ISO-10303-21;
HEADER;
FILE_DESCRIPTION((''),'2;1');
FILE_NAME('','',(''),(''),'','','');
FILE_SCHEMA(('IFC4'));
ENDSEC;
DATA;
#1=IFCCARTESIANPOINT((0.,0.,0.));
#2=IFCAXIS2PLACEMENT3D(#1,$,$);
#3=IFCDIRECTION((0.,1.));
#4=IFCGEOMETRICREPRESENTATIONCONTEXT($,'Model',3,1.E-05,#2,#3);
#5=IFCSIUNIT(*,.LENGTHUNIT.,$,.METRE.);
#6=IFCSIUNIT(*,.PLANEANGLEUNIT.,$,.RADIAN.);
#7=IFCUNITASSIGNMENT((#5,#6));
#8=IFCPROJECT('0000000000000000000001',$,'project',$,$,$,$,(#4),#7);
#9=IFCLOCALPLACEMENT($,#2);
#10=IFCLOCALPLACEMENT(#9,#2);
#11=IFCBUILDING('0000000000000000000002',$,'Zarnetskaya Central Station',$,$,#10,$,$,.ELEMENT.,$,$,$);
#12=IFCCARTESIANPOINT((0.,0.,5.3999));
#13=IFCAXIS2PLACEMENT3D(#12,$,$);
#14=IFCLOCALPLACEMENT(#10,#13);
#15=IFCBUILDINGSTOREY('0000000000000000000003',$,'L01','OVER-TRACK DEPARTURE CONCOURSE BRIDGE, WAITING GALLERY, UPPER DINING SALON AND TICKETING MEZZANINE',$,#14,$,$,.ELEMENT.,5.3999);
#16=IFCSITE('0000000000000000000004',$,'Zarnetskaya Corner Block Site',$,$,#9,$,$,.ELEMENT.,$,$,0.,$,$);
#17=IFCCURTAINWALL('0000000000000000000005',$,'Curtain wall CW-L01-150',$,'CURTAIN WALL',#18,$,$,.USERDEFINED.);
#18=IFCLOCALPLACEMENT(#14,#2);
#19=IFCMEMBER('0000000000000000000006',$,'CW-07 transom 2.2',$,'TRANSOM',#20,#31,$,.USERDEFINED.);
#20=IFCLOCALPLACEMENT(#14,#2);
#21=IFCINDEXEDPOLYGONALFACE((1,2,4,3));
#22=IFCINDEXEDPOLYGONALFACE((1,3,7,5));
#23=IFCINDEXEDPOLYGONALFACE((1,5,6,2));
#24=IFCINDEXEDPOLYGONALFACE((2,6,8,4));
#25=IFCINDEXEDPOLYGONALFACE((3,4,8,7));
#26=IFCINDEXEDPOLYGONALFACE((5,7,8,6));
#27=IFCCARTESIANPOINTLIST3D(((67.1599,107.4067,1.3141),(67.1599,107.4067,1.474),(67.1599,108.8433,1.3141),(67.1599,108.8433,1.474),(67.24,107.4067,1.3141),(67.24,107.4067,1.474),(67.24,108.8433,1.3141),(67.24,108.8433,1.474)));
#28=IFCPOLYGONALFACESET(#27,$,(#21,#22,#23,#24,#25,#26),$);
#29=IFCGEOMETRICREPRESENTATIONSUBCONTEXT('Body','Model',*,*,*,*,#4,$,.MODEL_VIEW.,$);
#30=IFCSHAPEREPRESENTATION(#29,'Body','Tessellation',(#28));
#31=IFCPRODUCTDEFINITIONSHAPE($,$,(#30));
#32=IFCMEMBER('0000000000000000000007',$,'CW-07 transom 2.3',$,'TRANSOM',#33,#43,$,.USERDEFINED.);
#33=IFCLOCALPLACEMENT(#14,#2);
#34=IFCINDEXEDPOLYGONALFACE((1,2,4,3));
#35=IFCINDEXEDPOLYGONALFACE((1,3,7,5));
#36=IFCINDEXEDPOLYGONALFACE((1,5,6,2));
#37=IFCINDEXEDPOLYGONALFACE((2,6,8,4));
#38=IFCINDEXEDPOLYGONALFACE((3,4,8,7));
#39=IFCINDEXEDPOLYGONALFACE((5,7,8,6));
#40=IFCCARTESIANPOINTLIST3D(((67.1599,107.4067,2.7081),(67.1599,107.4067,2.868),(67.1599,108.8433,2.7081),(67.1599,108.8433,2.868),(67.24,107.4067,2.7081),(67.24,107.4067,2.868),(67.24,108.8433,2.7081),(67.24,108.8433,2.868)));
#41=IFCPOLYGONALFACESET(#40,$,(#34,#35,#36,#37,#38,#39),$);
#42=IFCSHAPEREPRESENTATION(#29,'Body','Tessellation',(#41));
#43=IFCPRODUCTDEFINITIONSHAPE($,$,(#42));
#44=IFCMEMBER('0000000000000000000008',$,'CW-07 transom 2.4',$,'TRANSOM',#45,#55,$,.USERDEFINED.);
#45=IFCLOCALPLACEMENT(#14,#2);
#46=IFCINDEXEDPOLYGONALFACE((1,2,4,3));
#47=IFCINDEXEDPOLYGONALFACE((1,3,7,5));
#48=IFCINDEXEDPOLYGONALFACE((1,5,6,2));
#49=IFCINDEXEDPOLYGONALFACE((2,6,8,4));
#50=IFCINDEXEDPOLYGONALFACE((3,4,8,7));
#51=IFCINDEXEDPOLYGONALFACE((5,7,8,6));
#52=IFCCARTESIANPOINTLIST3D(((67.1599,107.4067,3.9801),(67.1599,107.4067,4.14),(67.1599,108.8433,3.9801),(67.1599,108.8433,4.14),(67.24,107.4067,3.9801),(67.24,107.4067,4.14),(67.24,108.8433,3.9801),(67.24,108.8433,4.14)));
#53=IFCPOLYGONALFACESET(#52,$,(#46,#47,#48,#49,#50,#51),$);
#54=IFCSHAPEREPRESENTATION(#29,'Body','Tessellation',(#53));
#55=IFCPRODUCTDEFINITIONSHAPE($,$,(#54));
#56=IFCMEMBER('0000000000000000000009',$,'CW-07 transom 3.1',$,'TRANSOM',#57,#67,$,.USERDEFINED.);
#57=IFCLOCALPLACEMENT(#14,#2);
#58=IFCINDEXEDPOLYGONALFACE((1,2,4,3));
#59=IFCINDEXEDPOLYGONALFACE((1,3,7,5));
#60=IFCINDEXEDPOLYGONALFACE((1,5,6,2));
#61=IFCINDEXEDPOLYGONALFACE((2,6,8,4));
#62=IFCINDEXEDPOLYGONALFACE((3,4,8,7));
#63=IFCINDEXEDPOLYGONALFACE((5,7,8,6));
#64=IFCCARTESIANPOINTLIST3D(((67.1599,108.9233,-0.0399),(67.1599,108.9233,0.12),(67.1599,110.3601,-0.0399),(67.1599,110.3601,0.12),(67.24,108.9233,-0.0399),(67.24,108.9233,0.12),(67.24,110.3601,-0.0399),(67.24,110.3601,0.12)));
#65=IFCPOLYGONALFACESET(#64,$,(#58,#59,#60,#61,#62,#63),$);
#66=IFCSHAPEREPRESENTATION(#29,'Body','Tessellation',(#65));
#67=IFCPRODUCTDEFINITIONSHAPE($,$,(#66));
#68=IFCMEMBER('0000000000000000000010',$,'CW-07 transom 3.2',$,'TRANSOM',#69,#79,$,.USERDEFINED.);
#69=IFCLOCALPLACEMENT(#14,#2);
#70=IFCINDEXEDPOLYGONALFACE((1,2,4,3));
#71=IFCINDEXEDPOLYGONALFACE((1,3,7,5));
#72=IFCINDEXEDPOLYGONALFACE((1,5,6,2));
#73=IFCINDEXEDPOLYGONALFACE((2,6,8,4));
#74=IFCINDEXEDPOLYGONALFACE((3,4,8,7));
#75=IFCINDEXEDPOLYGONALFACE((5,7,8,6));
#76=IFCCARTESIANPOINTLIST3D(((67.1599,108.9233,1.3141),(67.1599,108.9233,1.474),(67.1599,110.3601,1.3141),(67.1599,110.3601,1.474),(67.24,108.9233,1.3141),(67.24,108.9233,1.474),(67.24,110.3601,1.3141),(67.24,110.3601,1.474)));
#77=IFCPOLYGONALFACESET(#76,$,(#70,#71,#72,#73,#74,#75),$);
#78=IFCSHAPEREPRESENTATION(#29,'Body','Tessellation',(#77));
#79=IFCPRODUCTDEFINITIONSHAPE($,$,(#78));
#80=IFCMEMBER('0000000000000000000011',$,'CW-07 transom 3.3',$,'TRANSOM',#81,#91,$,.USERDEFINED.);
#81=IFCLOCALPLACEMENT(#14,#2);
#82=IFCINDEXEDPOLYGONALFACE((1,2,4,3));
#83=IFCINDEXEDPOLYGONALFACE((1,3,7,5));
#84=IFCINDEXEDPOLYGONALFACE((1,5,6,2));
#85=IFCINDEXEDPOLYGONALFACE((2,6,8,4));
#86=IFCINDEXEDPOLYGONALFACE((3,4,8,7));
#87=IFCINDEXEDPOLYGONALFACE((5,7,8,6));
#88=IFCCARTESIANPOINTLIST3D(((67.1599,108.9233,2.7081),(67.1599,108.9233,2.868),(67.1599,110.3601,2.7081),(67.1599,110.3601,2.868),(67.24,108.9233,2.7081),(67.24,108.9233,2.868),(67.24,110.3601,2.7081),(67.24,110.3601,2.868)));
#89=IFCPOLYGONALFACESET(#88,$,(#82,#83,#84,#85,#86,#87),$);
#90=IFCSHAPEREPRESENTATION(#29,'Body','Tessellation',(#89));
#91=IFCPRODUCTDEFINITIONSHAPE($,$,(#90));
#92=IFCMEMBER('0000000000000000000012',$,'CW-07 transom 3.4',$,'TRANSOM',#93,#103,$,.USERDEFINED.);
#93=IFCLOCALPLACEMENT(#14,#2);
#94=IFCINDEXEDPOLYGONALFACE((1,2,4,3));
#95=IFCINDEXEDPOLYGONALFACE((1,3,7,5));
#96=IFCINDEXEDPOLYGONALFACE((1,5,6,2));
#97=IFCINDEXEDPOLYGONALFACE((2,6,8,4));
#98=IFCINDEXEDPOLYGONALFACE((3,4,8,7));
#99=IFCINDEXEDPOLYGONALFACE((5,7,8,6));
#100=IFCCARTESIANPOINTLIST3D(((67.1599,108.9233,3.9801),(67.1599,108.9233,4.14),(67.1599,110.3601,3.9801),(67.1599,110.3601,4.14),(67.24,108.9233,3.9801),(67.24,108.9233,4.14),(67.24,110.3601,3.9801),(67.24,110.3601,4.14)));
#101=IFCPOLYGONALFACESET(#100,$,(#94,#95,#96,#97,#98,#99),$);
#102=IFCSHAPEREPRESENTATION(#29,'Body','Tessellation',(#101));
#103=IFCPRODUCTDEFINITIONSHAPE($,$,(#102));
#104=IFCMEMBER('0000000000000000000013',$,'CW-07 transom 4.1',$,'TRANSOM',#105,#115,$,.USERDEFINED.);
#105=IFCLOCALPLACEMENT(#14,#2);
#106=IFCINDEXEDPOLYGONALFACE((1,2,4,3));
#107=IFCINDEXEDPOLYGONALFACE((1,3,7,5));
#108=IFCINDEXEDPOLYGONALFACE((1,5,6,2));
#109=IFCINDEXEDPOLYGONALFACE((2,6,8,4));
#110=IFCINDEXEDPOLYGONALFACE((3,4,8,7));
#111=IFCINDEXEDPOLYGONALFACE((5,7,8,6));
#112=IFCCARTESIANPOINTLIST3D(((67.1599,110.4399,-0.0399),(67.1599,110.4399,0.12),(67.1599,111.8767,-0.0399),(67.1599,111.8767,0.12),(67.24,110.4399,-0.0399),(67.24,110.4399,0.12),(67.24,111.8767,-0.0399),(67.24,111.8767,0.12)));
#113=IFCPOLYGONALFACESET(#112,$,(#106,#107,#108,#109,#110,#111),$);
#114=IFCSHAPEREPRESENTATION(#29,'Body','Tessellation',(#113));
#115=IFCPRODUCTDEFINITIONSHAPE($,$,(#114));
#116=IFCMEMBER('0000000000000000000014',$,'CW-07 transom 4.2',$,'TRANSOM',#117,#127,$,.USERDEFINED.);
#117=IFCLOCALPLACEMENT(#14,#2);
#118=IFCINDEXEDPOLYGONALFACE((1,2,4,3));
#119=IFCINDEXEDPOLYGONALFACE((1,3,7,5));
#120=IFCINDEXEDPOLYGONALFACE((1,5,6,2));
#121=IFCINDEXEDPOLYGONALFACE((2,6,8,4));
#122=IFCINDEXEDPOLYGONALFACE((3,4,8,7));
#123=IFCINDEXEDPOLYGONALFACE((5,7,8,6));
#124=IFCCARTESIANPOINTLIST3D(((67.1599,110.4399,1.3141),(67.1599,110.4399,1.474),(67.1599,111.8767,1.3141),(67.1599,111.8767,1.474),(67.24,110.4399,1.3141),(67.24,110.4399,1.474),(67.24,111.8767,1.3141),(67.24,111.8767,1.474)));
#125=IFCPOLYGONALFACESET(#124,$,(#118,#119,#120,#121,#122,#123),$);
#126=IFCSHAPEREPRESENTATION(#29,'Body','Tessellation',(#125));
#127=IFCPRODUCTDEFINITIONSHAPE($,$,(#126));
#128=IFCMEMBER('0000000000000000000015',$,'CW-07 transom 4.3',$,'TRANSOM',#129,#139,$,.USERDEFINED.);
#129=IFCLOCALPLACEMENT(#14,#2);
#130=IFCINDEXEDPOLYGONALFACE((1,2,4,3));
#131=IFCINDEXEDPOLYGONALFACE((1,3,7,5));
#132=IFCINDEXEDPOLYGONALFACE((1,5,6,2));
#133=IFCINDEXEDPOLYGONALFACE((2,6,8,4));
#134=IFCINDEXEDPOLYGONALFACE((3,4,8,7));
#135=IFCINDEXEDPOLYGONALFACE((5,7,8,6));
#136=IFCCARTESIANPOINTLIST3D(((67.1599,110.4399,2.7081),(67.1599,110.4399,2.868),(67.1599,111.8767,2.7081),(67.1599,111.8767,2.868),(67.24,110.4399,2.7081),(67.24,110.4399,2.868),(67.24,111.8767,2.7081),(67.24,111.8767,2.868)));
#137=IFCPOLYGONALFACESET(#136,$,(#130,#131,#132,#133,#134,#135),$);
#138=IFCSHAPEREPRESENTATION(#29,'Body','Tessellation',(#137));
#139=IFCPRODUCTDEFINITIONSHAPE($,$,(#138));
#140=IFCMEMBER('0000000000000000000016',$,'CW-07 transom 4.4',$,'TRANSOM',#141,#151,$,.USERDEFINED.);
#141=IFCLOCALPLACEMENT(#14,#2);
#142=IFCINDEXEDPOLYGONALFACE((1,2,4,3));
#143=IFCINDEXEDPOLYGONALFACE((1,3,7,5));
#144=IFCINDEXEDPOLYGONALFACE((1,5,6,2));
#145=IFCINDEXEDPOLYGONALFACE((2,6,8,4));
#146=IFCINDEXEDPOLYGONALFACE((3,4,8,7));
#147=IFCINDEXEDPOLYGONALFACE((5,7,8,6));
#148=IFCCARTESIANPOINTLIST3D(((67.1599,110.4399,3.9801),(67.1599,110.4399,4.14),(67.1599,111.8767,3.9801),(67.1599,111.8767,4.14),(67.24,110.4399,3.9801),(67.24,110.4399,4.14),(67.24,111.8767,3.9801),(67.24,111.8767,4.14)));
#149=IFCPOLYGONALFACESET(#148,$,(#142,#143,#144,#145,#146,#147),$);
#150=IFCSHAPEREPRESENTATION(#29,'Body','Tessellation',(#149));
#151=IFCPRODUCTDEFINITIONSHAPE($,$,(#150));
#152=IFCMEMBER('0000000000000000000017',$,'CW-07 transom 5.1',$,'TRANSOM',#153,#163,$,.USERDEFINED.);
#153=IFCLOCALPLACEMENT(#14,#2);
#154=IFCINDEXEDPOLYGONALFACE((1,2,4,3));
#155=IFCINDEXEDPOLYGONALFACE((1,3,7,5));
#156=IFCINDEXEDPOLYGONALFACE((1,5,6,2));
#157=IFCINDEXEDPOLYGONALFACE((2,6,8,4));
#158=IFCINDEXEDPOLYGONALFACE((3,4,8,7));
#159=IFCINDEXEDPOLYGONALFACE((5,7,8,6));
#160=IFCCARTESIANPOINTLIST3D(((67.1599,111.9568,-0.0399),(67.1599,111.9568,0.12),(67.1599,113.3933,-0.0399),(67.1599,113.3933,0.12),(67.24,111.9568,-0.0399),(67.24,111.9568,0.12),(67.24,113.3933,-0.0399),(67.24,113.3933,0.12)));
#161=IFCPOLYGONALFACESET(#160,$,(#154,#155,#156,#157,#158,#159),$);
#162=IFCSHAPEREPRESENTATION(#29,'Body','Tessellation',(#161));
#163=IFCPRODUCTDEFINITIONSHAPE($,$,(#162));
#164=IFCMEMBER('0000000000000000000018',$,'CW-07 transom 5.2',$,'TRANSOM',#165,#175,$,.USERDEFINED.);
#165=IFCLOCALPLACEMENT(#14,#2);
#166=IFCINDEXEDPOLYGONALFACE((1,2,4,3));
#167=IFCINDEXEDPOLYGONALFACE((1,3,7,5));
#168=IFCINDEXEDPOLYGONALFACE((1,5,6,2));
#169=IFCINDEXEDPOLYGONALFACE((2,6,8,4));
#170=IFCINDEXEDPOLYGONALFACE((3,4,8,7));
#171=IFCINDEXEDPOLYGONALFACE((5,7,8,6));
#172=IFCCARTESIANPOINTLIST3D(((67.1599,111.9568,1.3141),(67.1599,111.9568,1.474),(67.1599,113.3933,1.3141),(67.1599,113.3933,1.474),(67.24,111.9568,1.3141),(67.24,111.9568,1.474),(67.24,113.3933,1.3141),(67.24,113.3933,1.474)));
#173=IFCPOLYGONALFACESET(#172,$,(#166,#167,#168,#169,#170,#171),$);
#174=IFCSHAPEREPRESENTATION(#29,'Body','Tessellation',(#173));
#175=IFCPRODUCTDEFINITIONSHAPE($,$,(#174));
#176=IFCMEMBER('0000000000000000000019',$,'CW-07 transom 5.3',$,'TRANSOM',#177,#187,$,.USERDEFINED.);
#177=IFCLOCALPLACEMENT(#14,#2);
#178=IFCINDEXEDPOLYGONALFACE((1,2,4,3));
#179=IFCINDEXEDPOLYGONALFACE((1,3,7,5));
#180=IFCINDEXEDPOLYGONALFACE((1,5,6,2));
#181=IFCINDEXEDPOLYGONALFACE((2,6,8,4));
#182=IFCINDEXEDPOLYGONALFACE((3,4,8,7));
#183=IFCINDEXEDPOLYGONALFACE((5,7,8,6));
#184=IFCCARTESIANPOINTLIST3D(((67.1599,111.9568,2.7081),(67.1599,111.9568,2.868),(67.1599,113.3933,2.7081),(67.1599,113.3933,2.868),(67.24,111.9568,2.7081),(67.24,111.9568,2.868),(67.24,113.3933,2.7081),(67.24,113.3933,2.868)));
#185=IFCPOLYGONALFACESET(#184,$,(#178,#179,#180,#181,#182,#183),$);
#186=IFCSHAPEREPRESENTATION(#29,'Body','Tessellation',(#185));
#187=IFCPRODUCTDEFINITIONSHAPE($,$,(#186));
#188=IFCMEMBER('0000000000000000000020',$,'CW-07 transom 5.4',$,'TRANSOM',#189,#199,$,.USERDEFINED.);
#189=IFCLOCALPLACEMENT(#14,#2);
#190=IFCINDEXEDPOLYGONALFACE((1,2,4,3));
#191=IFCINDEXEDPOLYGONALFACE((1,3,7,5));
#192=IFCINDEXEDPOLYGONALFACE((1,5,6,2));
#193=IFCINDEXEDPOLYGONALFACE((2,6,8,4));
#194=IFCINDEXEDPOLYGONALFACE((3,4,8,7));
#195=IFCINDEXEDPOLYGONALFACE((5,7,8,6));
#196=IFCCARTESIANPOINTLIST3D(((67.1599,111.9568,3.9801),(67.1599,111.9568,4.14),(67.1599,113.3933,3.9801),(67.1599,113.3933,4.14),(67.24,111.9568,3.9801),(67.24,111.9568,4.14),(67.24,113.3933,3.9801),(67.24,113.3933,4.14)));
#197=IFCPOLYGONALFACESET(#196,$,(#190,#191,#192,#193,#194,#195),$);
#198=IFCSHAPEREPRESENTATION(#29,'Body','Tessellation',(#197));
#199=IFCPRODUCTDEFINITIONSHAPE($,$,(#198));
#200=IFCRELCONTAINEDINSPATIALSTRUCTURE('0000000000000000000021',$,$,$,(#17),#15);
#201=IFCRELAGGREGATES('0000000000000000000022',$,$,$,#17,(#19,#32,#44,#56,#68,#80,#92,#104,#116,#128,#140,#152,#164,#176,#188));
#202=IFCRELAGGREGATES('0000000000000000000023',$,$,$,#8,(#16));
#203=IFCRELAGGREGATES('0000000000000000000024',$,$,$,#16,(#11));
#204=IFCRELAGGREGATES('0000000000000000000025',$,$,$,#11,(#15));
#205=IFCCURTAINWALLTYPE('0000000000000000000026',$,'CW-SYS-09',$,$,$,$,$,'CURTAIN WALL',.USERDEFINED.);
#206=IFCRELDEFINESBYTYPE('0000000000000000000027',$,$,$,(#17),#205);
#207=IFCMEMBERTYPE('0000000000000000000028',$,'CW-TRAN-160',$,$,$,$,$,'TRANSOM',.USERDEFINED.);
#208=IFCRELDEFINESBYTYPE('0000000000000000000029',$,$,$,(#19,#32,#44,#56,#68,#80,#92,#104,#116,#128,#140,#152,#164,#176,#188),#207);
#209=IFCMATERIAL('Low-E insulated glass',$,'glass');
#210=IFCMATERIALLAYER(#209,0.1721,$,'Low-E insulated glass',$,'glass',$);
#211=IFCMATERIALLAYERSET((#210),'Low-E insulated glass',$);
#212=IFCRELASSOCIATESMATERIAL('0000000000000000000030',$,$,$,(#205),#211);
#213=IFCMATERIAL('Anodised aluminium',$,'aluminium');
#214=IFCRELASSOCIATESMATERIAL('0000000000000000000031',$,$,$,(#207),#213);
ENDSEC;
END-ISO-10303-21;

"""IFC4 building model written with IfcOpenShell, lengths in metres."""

from ifc_helpers import new_model, si_unit, direction, frame, origin, origin_2d, place, context, subcontext, project, spatial, rectangle, extrude, material, layer, layer_set, material_profile, profile_set, type_object, element, aggregate, save


model = new_model("IFC4")

# Units and contexts
model_context = context("Model", 3, precision=1e-05, world=origin(), true_north=direction((0.0, 1.0)))
body_context = subcontext(model_context, "Body", "Model", "MODEL_VIEW")
ifc_project = project(units=[si_unit("LENGTHUNIT", "METRE"), si_unit("PLANEANGLEUNIT", "RADIAN")], contexts=[model_context])

# Site, building, storey
site_placement = place(None, origin())
site = spatial("IfcSite", under=ifc_project, at=site_placement, Name="Zarnetskaya Corner Block Site", CompositionType="ELEMENT", RefElevation=0.0)
building_placement = place(site_placement, origin())
building = spatial("IfcBuilding", under=site, at=building_placement, Name="Zarnetskaya Central Station", CompositionType="ELEMENT")
storey_placement = place(building_placement, frame((0.0, 0.0, 5.3999)))
storey = spatial("IfcBuildingStorey", under=building, at=storey_placement, Name="L01", Description="OVER-TRACK DEPARTURE CONCOURSE BRIDGE, WAITING GALLERY, UPPER DINING SALON AND TICKETING MEZZANINE", CompositionType="ELEMENT", Elevation=5.3999)

# Curtain wall, members
ifc_material_1 = material(Name="Low-E insulated glass", Category="glass")
ifc_layer_1 = layer(ifc_material_1, 0.1721, Name="Low-E insulated glass", Category="glass")
ifc_layer_set_1 = layer_set([ifc_layer_1], Name="Low-E insulated glass")
curtain_wall_type = type_object("IfcCurtainWallType", Name="CW-SYS-09", ElementType="CURTAIN WALL", PredefinedType="USERDEFINED", material=ifc_layer_set_1)
curtain_wall_placement = place(storey_placement, origin())
curtain_wall = element("IfcCurtainWall", 1, at=curtain_wall_placement, inside=storey, type_object=curtain_wall_type, Name="Curtain wall CW-L01-150", ObjectType="CURTAIN WALL", PredefinedType="USERDEFINED")
ifc_material_2 = material(Name="Anodised aluminium", Category="aluminium")
ifc_material_profile_1 = material_profile(ifc_material_2, rectangle(XDim=0.0801, YDim=0.1599, at=origin_2d()), Name="ALU TRAN 80x160")
ifc_profile_set_1 = profile_set([ifc_material_profile_1], Name="Anodised aluminium")
member_type_1 = type_object("IfcMemberType", Name="CW-TRAN-160", ElementType="TRANSOM", PredefinedType="USERDEFINED", material=ifc_profile_set_1)
member_1_placement = place(storey_placement, frame((67.2, 107.4067, 1.394), z_axis=(0.0, 1.0, 0.0), x_axis=(-1.0, 0.0, 0.0)))
member_1 = element("IfcMember", 2, at=member_1_placement, type_object=member_type_1, Name="CW-07 transom 2.2", ObjectType="TRANSOM", PredefinedType="USERDEFINED", context=body_context, shape_type="SweptSolid", body=[
    extrude(rectangle(XDim=0.0801, YDim=0.1599, at=origin_2d()), origin(), (0.0, 0.0, 1.0), 1.4365),
])
member_2_placement = place(storey_placement, frame((67.2, 107.4067, 2.7881), z_axis=(0.0, 1.0, 0.0), x_axis=(-1.0, 0.0, 0.0)))
member_2 = element("IfcMember", 3, at=member_2_placement, type_object=member_type_1, Name="CW-07 transom 2.3", ObjectType="TRANSOM", PredefinedType="USERDEFINED", context=body_context, shape_type="SweptSolid", body=[
    extrude(rectangle(XDim=0.0801, YDim=0.1599, at=origin_2d()), origin(), (0.0, 0.0, 1.0), 1.4365),
])
member_3_placement = place(storey_placement, frame((67.2, 107.4067, 4.0601), z_axis=(0.0, 1.0, 0.0), x_axis=(-1.0, 0.0, 0.0)))
member_3 = element("IfcMember", 4, at=member_3_placement, type_object=member_type_1, Name="CW-07 transom 2.4", ObjectType="TRANSOM", PredefinedType="USERDEFINED", context=body_context, shape_type="SweptSolid", body=[
    extrude(rectangle(XDim=0.0801, YDim=0.1599, at=origin_2d()), origin(), (0.0, 0.0, 1.0), 1.4365),
])
member_4_placement = place(storey_placement, frame((67.2, 108.9233, 0.04), z_axis=(0.0, 1.0, 0.0), x_axis=(-1.0, 0.0, 0.0)))
member_4 = element("IfcMember", 5, at=member_4_placement, type_object=member_type_1, Name="CW-07 transom 3.1", ObjectType="TRANSOM", PredefinedType="USERDEFINED", context=body_context, shape_type="SweptSolid", body=[
    extrude(rectangle(XDim=0.0801, YDim=0.1599, at=origin_2d()), origin(), (0.0, 0.0, 1.0), 1.4368),
])
member_5_placement = place(storey_placement, frame((67.2, 108.9233, 1.394), z_axis=(0.0, 1.0, 0.0), x_axis=(-1.0, 0.0, 0.0)))
member_5 = element("IfcMember", 6, at=member_5_placement, type_object=member_type_1, Name="CW-07 transom 3.2", ObjectType="TRANSOM", PredefinedType="USERDEFINED", context=body_context, shape_type="SweptSolid", body=[
    extrude(rectangle(XDim=0.0801, YDim=0.1599, at=origin_2d()), origin(), (0.0, 0.0, 1.0), 1.4368),
])
member_6_placement = place(storey_placement, frame((67.2, 108.9233, 2.7881), z_axis=(0.0, 1.0, 0.0), x_axis=(-1.0, 0.0, 0.0)))
member_6 = element("IfcMember", 7, at=member_6_placement, type_object=member_type_1, Name="CW-07 transom 3.3", ObjectType="TRANSOM", PredefinedType="USERDEFINED", context=body_context, shape_type="SweptSolid", body=[
    extrude(rectangle(XDim=0.0801, YDim=0.1599, at=origin_2d()), origin(), (0.0, 0.0, 1.0), 1.4368),
])
member_7_placement = place(storey_placement, frame((67.2, 108.9233, 4.0601), z_axis=(0.0, 1.0, 0.0), x_axis=(-1.0, 0.0, 0.0)))
member_7 = element("IfcMember", 8, at=member_7_placement, type_object=member_type_1, Name="CW-07 transom 3.4", ObjectType="TRANSOM", PredefinedType="USERDEFINED", context=body_context, shape_type="SweptSolid", body=[
    extrude(rectangle(XDim=0.0801, YDim=0.1599, at=origin_2d()), origin(), (0.0, 0.0, 1.0), 1.4368),
])
member_8_placement = place(storey_placement, frame((67.2, 110.4399, 0.04), z_axis=(0.0, 1.0, 0.0), x_axis=(-1.0, 0.0, 0.0)))
member_8 = element("IfcMember", 9, at=member_8_placement, type_object=member_type_1, Name="CW-07 transom 4.1", ObjectType="TRANSOM", PredefinedType="USERDEFINED", context=body_context, shape_type="SweptSolid", body=[
    extrude(rectangle(XDim=0.0801, YDim=0.1599, at=origin_2d()), origin(), (0.0, 0.0, 1.0), 1.4368),
])
member_9_placement = place(storey_placement, frame((67.2, 110.4399, 1.394), z_axis=(0.0, 1.0, 0.0), x_axis=(-1.0, 0.0, 0.0)))
member_9 = element("IfcMember", 10, at=member_9_placement, type_object=member_type_1, Name="CW-07 transom 4.2", ObjectType="TRANSOM", PredefinedType="USERDEFINED", context=body_context, shape_type="SweptSolid", body=[
    extrude(rectangle(XDim=0.0801, YDim=0.1599, at=origin_2d()), origin(), (0.0, 0.0, 1.0), 1.4368),
])
member_10_placement = place(storey_placement, frame((67.2, 110.4399, 2.7881), z_axis=(0.0, 1.0, 0.0), x_axis=(-1.0, 0.0, 0.0)))
member_10 = element("IfcMember", 11, at=member_10_placement, type_object=member_type_1, Name="CW-07 transom 4.3", ObjectType="TRANSOM", PredefinedType="USERDEFINED", context=body_context, shape_type="SweptSolid", body=[
    extrude(rectangle(XDim=0.0801, YDim=0.1599, at=origin_2d()), origin(), (0.0, 0.0, 1.0), 1.4368),
])
member_11_placement = place(storey_placement, frame((67.2, 110.4399, 4.0601), z_axis=(0.0, 1.0, 0.0), x_axis=(-1.0, 0.0, 0.0)))
member_11 = element("IfcMember", 12, at=member_11_placement, type_object=member_type_1, Name="CW-07 transom 4.4", ObjectType="TRANSOM", PredefinedType="USERDEFINED", context=body_context, shape_type="SweptSolid", body=[
    extrude(rectangle(XDim=0.0801, YDim=0.1599, at=origin_2d()), origin(), (0.0, 0.0, 1.0), 1.4368),
])
member_12_placement = place(storey_placement, frame((67.2, 111.9568, 0.04), z_axis=(0.0, 1.0, 0.0), x_axis=(-1.0, 0.0, 0.0)))
member_12 = element("IfcMember", 13, at=member_12_placement, type_object=member_type_1, Name="CW-07 transom 5.1", ObjectType="TRANSOM", PredefinedType="USERDEFINED", context=body_context, shape_type="SweptSolid", body=[
    extrude(rectangle(XDim=0.0801, YDim=0.1599, at=origin_2d()), origin(), (0.0, 0.0, 1.0), 1.4365),
])
member_13_placement = place(storey_placement, frame((67.2, 111.9568, 1.394), z_axis=(0.0, 1.0, 0.0), x_axis=(-1.0, 0.0, 0.0)))
member_13 = element("IfcMember", 14, at=member_13_placement, type_object=member_type_1, Name="CW-07 transom 5.2", ObjectType="TRANSOM", PredefinedType="USERDEFINED", context=body_context, shape_type="SweptSolid", body=[
    extrude(rectangle(XDim=0.0801, YDim=0.1599, at=origin_2d()), origin(), (0.0, 0.0, 1.0), 1.4365),
])
member_14_placement = place(storey_placement, frame((67.2, 111.9568, 2.7881), z_axis=(0.0, 1.0, 0.0), x_axis=(-1.0, 0.0, 0.0)))
member_14 = element("IfcMember", 15, at=member_14_placement, type_object=member_type_1, Name="CW-07 transom 5.3", ObjectType="TRANSOM", PredefinedType="USERDEFINED", context=body_context, shape_type="SweptSolid", body=[
    extrude(rectangle(XDim=0.0801, YDim=0.1599, at=origin_2d()), origin(), (0.0, 0.0, 1.0), 1.4365),
])
member_15_placement = place(storey_placement, frame((67.2, 111.9568, 4.0601), z_axis=(0.0, 1.0, 0.0), x_axis=(-1.0, 0.0, 0.0)))
member_15 = element("IfcMember", 16, at=member_15_placement, type_object=member_type_1, Name="CW-07 transom 5.4", ObjectType="TRANSOM", PredefinedType="USERDEFINED", context=body_context, shape_type="SweptSolid", body=[
    extrude(rectangle(XDim=0.0801, YDim=0.1599, at=origin_2d()), origin(), (0.0, 0.0, 1.0), 1.4365),
])
aggregate(curtain_wall, [member_1, member_2, member_3, member_4, member_5, member_6, member_7, member_8, member_9, member_10, member_11, member_12, member_13, member_14, member_15])

save(model, "model.ifc")
